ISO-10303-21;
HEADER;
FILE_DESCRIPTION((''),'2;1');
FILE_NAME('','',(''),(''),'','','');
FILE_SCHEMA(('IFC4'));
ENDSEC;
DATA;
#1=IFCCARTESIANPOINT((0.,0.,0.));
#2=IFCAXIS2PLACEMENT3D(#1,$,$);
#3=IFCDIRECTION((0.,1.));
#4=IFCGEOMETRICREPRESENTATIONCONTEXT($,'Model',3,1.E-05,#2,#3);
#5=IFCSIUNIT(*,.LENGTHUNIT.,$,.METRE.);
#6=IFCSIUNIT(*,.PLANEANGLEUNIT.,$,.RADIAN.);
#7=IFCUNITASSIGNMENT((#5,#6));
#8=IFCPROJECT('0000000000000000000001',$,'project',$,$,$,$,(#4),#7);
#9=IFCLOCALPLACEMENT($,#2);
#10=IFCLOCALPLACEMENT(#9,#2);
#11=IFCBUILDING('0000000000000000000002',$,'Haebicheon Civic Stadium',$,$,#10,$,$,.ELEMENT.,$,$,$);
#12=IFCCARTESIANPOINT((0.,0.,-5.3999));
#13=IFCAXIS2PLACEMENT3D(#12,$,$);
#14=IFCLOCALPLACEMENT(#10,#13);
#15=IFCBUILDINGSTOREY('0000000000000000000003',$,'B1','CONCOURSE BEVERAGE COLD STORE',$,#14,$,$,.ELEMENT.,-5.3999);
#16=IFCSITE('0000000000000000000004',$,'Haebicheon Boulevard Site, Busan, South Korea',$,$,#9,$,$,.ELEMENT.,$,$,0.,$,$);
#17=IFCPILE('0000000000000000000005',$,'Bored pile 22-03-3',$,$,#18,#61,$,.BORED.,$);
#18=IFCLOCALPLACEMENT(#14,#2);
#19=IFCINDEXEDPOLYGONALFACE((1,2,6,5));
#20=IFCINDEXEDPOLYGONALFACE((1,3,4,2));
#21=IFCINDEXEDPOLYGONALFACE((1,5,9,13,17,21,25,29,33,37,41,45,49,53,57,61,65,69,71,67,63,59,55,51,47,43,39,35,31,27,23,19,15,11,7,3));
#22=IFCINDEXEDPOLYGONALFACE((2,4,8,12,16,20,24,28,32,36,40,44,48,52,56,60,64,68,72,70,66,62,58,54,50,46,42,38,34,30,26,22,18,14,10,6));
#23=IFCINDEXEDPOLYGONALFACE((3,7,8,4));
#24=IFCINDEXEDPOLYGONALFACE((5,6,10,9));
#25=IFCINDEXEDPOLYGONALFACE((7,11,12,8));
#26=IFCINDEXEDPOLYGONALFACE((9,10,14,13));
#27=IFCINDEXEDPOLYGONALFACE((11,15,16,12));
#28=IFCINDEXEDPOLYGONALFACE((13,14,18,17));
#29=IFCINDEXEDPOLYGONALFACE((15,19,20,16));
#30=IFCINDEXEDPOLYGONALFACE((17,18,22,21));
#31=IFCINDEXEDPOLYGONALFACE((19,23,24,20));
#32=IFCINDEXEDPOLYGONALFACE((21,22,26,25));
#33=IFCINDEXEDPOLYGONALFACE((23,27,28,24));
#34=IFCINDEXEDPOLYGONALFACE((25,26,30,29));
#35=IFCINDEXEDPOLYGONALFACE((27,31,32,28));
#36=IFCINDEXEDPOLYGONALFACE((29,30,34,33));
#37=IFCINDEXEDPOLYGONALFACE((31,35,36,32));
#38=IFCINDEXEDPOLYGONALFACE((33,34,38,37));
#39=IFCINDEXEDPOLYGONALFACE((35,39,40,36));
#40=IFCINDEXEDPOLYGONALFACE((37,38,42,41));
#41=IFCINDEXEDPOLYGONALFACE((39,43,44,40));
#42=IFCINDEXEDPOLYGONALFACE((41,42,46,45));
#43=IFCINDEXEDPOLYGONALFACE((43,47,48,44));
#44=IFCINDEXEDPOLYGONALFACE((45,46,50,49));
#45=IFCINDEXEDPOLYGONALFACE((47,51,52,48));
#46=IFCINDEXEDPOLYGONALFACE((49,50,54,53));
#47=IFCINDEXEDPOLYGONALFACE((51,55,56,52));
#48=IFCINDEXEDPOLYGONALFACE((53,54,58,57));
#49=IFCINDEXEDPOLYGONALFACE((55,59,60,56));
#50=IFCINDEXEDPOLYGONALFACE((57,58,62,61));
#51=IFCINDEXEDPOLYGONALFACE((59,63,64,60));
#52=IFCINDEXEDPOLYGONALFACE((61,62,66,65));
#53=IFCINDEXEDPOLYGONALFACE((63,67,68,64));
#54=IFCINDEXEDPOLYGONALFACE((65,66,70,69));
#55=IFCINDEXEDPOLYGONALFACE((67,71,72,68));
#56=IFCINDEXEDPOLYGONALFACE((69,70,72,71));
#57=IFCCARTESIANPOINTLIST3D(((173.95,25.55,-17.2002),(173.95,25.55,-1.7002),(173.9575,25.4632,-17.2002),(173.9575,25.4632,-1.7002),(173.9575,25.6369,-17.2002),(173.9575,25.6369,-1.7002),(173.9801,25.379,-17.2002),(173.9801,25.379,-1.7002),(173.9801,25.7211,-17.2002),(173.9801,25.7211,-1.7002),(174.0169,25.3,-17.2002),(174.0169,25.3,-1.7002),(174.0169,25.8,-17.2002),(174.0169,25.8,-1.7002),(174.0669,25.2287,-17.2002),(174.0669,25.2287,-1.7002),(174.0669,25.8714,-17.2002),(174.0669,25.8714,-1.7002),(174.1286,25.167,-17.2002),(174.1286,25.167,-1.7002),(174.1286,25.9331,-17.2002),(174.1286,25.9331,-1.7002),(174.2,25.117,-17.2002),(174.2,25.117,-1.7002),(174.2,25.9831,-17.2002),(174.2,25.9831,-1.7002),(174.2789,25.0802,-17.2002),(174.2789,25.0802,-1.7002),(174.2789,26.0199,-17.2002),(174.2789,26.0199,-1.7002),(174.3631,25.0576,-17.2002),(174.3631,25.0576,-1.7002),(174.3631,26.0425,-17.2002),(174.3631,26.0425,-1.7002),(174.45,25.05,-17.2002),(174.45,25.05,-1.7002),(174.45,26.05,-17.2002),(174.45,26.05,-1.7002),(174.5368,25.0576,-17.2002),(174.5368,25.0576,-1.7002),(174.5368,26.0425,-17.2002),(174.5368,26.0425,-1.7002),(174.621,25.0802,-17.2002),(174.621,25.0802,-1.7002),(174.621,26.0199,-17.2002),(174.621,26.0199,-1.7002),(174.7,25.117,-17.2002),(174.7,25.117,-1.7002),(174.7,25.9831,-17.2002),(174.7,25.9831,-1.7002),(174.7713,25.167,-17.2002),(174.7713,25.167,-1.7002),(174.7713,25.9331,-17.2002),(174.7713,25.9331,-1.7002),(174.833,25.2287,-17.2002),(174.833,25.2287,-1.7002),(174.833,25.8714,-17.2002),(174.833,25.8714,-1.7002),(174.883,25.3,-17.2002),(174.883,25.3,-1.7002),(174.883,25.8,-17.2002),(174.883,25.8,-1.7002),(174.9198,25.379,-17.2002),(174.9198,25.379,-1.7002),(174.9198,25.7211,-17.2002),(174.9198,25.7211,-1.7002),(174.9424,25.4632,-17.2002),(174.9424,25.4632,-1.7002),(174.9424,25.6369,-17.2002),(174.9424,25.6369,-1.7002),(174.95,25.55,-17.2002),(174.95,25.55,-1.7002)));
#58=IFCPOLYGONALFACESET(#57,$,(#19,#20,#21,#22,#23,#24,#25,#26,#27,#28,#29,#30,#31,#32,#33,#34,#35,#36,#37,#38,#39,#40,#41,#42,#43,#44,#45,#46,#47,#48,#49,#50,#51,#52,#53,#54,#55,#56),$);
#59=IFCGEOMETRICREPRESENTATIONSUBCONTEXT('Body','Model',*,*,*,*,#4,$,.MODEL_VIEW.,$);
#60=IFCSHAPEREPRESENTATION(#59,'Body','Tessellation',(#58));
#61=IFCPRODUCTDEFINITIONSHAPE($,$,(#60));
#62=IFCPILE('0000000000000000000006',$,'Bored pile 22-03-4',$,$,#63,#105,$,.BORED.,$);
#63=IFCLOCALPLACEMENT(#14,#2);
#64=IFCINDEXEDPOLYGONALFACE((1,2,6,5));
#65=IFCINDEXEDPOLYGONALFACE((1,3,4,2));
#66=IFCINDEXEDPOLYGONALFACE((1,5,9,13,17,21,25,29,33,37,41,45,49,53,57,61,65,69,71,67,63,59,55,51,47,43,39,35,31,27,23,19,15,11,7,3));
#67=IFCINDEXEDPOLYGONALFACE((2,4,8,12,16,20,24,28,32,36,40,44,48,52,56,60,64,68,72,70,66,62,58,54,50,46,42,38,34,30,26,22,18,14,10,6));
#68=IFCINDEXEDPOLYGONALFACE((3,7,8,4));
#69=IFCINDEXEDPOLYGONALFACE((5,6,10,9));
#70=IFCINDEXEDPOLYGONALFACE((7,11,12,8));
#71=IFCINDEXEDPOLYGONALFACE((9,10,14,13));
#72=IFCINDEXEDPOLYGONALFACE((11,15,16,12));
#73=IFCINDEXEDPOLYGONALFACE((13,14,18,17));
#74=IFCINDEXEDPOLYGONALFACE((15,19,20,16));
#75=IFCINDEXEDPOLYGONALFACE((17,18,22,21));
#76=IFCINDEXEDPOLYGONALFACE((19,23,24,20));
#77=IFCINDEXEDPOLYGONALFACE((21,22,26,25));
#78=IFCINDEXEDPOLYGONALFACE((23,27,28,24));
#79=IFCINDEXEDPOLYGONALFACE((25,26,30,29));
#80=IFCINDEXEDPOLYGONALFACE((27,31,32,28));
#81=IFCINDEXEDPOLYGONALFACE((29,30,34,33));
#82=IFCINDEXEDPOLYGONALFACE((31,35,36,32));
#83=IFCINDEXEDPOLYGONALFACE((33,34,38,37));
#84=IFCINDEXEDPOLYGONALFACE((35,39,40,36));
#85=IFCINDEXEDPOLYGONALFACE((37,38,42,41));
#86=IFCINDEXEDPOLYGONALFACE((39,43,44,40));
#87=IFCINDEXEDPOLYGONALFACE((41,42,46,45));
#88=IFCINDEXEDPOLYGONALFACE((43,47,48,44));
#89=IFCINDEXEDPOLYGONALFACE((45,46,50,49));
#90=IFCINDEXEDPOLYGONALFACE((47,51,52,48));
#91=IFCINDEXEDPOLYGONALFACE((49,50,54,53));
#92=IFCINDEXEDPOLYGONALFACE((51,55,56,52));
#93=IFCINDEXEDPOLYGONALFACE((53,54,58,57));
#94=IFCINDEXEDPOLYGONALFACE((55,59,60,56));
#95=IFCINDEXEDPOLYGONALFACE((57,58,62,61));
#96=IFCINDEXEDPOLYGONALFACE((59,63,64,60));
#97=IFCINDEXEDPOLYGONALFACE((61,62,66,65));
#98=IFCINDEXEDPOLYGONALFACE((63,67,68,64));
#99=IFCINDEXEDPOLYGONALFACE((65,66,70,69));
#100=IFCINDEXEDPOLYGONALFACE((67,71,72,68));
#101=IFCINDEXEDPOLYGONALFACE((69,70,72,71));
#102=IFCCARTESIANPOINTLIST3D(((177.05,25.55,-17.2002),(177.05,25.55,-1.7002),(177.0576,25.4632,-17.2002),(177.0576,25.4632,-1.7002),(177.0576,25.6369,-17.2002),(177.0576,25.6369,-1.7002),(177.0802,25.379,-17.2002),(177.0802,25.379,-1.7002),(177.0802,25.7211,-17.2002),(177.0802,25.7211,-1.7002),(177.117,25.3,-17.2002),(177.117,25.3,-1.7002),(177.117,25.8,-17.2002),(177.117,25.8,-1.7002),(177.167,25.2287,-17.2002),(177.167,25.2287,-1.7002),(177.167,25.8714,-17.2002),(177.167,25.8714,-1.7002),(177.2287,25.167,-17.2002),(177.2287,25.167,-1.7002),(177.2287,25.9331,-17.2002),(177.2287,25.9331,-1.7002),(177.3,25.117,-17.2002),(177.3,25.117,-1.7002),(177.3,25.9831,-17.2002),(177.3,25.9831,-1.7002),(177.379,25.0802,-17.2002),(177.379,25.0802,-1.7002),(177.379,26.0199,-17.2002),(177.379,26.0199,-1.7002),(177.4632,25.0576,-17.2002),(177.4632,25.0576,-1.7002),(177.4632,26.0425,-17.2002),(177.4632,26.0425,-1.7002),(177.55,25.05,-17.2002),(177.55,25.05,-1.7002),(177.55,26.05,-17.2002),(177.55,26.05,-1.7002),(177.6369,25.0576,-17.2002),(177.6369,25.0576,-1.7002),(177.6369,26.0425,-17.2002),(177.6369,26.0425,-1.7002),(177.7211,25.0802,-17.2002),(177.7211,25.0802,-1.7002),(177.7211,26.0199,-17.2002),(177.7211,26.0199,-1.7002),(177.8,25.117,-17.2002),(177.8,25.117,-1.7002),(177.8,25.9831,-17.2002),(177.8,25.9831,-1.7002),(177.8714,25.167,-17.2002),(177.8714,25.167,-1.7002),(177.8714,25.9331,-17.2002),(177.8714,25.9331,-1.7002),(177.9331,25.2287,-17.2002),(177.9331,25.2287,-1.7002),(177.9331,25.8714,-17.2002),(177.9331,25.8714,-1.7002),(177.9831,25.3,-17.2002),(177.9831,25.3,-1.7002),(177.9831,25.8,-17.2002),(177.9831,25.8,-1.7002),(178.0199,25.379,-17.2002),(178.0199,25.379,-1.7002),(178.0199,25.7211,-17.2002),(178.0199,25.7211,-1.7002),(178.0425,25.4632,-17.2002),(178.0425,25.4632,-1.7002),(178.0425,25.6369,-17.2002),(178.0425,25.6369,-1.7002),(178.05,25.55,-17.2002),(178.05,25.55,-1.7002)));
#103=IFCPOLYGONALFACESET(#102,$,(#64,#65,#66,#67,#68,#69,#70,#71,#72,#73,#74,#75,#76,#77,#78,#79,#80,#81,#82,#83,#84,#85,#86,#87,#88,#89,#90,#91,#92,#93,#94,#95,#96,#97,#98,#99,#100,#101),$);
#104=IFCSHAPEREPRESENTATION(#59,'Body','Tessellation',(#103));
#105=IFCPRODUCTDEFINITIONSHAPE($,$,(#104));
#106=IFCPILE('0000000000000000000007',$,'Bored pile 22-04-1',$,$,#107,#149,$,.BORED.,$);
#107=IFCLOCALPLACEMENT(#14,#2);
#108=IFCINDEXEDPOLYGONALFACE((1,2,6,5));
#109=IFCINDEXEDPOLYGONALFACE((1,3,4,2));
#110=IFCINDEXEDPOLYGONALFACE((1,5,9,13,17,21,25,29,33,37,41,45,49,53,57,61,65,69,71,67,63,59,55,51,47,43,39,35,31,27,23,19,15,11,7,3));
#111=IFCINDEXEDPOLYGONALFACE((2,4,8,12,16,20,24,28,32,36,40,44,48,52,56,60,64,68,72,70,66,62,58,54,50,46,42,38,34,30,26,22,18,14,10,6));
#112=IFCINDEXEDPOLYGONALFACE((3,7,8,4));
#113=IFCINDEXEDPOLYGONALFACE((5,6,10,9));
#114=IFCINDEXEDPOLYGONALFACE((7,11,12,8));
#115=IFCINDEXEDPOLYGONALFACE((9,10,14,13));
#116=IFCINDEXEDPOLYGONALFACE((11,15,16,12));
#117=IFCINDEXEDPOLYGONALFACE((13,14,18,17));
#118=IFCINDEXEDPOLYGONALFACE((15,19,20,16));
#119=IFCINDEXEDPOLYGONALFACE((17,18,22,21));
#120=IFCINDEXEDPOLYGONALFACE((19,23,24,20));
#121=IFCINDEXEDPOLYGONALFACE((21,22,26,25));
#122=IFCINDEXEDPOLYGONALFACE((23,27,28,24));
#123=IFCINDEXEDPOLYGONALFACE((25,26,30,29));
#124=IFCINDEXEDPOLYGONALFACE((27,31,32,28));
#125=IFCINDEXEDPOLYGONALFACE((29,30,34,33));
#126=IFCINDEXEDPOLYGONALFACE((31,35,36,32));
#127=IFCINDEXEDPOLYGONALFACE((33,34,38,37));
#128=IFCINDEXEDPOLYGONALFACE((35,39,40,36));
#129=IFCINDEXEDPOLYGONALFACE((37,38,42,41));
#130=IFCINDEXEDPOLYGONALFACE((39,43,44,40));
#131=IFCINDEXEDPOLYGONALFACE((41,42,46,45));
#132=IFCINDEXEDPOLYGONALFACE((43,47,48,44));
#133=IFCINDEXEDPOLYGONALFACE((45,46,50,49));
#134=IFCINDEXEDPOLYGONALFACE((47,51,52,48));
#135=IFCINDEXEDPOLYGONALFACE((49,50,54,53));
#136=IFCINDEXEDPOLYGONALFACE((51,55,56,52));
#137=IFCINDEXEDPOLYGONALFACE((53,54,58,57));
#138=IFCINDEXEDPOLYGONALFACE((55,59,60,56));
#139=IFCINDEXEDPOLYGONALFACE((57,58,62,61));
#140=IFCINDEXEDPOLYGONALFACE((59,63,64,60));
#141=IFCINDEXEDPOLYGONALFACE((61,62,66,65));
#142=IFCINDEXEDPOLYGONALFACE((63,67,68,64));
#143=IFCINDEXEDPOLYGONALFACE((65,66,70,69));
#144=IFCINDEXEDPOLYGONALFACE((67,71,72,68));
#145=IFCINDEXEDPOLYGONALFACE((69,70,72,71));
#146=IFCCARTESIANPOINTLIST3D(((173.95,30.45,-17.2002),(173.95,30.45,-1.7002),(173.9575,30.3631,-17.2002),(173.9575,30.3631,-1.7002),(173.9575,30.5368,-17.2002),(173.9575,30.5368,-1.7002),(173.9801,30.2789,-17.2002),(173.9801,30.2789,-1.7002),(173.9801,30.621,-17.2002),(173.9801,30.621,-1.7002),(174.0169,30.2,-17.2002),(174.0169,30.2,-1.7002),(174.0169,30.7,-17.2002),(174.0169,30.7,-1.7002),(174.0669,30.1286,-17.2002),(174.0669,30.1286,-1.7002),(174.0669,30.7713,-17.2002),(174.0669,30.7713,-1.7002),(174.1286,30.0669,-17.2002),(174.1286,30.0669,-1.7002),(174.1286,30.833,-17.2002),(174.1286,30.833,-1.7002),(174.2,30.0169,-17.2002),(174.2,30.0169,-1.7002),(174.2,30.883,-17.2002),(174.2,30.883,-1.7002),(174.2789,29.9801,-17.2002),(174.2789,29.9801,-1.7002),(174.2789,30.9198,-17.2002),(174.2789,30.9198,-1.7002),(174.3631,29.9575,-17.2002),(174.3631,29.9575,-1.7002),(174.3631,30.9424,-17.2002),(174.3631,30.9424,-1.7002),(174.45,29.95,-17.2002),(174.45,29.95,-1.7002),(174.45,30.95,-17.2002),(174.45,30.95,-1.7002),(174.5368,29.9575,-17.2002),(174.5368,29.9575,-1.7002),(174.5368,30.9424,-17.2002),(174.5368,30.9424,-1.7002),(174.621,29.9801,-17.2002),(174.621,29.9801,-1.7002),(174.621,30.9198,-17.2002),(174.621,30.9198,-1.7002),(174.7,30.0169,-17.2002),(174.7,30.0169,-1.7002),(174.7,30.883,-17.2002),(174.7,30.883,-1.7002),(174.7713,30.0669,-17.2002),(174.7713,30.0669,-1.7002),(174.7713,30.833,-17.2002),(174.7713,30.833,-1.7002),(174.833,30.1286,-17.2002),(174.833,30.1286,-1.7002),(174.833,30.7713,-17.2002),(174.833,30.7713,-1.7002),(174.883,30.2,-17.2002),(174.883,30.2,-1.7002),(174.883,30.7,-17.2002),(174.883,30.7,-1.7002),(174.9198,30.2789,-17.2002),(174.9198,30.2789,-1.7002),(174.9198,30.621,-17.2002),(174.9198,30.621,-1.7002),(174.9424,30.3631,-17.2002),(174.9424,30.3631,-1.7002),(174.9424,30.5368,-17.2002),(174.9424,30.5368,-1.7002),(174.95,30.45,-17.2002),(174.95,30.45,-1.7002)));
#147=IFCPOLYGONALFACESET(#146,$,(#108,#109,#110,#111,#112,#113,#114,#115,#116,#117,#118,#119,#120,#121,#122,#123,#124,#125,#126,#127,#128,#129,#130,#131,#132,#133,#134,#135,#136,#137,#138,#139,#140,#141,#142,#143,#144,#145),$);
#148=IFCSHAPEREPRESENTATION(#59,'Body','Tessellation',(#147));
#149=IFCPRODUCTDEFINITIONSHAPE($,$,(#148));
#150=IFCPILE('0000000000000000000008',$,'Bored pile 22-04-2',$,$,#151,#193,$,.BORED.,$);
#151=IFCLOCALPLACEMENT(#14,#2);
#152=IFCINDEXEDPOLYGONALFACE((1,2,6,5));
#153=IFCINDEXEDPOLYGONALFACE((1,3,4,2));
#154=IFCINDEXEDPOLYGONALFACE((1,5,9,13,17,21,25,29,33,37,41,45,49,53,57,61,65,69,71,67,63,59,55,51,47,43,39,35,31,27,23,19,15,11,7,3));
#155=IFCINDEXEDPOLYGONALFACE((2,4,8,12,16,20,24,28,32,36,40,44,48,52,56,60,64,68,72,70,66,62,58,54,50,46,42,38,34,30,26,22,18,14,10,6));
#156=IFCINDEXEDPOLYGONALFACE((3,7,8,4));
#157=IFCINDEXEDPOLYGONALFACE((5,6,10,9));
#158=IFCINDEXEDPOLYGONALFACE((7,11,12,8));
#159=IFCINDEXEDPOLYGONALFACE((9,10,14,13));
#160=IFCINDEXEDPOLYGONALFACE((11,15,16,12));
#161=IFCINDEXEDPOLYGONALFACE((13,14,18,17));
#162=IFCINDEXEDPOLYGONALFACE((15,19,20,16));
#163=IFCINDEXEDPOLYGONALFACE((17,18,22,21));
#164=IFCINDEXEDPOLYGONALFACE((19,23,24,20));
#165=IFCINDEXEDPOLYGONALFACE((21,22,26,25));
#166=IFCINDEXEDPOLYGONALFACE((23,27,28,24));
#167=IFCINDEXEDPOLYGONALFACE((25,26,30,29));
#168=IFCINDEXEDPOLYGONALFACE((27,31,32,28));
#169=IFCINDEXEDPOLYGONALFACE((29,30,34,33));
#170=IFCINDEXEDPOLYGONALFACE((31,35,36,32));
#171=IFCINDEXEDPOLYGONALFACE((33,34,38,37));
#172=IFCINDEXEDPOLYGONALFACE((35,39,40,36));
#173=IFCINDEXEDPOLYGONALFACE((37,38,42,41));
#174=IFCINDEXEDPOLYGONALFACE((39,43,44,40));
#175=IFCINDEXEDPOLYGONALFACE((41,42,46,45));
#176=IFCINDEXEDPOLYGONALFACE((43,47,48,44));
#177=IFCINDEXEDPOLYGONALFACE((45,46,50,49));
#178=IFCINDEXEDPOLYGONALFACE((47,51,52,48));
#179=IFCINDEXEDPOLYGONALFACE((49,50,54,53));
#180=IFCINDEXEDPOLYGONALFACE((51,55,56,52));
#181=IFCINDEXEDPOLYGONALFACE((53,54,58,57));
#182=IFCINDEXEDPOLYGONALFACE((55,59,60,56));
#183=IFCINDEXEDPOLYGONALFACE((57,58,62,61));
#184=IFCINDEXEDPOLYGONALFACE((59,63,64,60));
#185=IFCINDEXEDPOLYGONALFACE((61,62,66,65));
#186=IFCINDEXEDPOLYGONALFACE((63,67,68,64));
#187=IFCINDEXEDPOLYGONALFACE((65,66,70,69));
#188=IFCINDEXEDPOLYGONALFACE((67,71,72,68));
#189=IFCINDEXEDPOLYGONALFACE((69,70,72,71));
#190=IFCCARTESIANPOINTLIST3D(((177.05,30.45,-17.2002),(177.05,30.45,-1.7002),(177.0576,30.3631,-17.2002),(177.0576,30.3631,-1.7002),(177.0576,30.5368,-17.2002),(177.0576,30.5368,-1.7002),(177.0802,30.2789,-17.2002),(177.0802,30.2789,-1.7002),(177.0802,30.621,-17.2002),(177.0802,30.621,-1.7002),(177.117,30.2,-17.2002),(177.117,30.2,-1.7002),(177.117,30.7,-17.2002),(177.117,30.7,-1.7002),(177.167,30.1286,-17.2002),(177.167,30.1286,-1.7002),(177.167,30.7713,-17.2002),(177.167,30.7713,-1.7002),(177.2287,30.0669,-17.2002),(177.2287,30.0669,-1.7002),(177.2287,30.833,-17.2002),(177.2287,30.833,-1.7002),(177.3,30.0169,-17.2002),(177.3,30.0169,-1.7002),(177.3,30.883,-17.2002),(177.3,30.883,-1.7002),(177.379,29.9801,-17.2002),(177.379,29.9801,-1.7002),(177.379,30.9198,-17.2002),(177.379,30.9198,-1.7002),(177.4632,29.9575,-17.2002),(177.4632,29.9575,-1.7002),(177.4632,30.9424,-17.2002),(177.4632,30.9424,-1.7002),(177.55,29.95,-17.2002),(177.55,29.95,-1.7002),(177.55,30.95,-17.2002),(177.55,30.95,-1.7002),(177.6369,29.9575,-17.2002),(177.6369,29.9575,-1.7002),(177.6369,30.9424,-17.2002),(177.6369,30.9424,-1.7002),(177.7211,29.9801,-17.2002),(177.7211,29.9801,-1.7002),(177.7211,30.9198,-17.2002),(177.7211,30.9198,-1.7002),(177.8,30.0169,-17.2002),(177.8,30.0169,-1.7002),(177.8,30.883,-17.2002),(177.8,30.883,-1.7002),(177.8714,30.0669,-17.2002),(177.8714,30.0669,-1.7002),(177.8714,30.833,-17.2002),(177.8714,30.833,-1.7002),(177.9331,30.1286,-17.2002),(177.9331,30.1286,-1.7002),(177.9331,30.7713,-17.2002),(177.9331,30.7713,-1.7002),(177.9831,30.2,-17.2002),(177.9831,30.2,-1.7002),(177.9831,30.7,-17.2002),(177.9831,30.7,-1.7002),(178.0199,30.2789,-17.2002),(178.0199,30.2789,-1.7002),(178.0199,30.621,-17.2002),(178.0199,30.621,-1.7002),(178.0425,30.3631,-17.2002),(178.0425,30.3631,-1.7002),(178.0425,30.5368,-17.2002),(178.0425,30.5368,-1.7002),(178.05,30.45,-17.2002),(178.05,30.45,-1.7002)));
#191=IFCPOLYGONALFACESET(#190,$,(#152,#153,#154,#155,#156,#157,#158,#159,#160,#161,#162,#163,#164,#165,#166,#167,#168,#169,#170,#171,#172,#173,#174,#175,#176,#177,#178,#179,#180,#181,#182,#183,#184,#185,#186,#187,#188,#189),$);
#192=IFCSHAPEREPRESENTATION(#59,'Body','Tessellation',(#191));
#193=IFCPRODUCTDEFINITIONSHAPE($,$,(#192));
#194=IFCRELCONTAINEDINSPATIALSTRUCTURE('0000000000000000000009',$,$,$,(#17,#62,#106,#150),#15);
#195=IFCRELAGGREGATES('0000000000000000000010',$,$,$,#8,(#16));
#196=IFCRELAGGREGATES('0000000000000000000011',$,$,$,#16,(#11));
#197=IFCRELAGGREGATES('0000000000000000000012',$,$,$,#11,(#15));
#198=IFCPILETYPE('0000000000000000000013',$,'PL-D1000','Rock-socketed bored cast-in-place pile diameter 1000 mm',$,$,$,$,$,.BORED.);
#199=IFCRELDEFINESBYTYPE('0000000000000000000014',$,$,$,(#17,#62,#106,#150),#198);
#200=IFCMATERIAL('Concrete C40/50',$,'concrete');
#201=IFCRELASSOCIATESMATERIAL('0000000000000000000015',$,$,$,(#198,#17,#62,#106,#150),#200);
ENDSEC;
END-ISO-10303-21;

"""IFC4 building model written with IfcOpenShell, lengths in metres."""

from ifc_helpers import new_model, si_unit, direction, frame, origin, origin_2d, place, context, subcontext, project, spatial, circle, extrude, material, material_profile, profile_set, type_object, element, save


model = new_model("IFC4")

# Units and contexts
model_context = context("Model", 3, precision=1e-05, world=origin(), true_north=direction((0.0, 1.0)))
body_context = subcontext(model_context, "Body", "Model", "MODEL_VIEW")
ifc_project = project(units=[si_unit("LENGTHUNIT", "METRE"), si_unit("PLANEANGLEUNIT", "RADIAN")], contexts=[model_context])

# Site, building, storey
site_placement = place(None, origin())
site = spatial("IfcSite", under=ifc_project, at=site_placement, Name="Haebicheon Boulevard Site, Busan, South Korea", CompositionType="ELEMENT", RefElevation=0.0)
building_placement = place(site_placement, origin())
building = spatial("IfcBuilding", under=site, at=building_placement, Name="Haebicheon Civic Stadium", CompositionType="ELEMENT")
storey_placement = place(building_placement, frame((0.0, 0.0, -5.3999)))
storey = spatial("IfcBuildingStorey", under=building, at=storey_placement, Name="B1", Description="CONCOURSE BEVERAGE COLD STORE", CompositionType="ELEMENT", Elevation=-5.3999)

# Piles
ifc_material_1 = material(Name="Concrete C40/50", Category="concrete")
ifc_material_profile_1 = material_profile(ifc_material_1, circle(Radius=0.5, at=origin_2d()), Name="PILE-D1000")
ifc_profile_set_1 = profile_set([ifc_material_profile_1], Name="Concrete C40/50")
pile_type = type_object("IfcPileType", Name="PL-D1000", Description="Rock-socketed bored cast-in-place pile diameter 1000 mm", PredefinedType="BORED", material=ifc_profile_set_1)
for number, where, z_axis, x_axis, name in (
    (1, (174.45, 25.55, -1.7002), (0.0, 0.0, -1.0), (1.0, 0.0, 0.0), "Bored pile 22-03-3"),
    (2, (177.55, 25.55, -1.7002), (0.0, 0.0, -1.0), (1.0, 0.0, 0.0), "Bored pile 22-03-4"),
    (3, (174.45, 30.45, -1.7002), (0.0, 0.0, -1.0), (1.0, 0.0, 0.0), "Bored pile 22-04-1"),
    (4, (177.55, 30.45, -1.7002), (0.0, 0.0, -1.0), (1.0, 0.0, 0.0), "Bored pile 22-04-2"),
):
    element("IfcPile", number, at=place(storey_placement, frame(where, z_axis=z_axis, x_axis=x_axis)), inside=storey, type_object=pile_type, material=ifc_profile_set_1, Name=name, PredefinedType="BORED", context=body_context, shape_type="SweptSolid", body=[
        extrude(circle(Radius=0.5, at=origin_2d()), origin(), (0.0, 0.0, 1.0), 15.5),
    ])

save(model, "model.ifc")
